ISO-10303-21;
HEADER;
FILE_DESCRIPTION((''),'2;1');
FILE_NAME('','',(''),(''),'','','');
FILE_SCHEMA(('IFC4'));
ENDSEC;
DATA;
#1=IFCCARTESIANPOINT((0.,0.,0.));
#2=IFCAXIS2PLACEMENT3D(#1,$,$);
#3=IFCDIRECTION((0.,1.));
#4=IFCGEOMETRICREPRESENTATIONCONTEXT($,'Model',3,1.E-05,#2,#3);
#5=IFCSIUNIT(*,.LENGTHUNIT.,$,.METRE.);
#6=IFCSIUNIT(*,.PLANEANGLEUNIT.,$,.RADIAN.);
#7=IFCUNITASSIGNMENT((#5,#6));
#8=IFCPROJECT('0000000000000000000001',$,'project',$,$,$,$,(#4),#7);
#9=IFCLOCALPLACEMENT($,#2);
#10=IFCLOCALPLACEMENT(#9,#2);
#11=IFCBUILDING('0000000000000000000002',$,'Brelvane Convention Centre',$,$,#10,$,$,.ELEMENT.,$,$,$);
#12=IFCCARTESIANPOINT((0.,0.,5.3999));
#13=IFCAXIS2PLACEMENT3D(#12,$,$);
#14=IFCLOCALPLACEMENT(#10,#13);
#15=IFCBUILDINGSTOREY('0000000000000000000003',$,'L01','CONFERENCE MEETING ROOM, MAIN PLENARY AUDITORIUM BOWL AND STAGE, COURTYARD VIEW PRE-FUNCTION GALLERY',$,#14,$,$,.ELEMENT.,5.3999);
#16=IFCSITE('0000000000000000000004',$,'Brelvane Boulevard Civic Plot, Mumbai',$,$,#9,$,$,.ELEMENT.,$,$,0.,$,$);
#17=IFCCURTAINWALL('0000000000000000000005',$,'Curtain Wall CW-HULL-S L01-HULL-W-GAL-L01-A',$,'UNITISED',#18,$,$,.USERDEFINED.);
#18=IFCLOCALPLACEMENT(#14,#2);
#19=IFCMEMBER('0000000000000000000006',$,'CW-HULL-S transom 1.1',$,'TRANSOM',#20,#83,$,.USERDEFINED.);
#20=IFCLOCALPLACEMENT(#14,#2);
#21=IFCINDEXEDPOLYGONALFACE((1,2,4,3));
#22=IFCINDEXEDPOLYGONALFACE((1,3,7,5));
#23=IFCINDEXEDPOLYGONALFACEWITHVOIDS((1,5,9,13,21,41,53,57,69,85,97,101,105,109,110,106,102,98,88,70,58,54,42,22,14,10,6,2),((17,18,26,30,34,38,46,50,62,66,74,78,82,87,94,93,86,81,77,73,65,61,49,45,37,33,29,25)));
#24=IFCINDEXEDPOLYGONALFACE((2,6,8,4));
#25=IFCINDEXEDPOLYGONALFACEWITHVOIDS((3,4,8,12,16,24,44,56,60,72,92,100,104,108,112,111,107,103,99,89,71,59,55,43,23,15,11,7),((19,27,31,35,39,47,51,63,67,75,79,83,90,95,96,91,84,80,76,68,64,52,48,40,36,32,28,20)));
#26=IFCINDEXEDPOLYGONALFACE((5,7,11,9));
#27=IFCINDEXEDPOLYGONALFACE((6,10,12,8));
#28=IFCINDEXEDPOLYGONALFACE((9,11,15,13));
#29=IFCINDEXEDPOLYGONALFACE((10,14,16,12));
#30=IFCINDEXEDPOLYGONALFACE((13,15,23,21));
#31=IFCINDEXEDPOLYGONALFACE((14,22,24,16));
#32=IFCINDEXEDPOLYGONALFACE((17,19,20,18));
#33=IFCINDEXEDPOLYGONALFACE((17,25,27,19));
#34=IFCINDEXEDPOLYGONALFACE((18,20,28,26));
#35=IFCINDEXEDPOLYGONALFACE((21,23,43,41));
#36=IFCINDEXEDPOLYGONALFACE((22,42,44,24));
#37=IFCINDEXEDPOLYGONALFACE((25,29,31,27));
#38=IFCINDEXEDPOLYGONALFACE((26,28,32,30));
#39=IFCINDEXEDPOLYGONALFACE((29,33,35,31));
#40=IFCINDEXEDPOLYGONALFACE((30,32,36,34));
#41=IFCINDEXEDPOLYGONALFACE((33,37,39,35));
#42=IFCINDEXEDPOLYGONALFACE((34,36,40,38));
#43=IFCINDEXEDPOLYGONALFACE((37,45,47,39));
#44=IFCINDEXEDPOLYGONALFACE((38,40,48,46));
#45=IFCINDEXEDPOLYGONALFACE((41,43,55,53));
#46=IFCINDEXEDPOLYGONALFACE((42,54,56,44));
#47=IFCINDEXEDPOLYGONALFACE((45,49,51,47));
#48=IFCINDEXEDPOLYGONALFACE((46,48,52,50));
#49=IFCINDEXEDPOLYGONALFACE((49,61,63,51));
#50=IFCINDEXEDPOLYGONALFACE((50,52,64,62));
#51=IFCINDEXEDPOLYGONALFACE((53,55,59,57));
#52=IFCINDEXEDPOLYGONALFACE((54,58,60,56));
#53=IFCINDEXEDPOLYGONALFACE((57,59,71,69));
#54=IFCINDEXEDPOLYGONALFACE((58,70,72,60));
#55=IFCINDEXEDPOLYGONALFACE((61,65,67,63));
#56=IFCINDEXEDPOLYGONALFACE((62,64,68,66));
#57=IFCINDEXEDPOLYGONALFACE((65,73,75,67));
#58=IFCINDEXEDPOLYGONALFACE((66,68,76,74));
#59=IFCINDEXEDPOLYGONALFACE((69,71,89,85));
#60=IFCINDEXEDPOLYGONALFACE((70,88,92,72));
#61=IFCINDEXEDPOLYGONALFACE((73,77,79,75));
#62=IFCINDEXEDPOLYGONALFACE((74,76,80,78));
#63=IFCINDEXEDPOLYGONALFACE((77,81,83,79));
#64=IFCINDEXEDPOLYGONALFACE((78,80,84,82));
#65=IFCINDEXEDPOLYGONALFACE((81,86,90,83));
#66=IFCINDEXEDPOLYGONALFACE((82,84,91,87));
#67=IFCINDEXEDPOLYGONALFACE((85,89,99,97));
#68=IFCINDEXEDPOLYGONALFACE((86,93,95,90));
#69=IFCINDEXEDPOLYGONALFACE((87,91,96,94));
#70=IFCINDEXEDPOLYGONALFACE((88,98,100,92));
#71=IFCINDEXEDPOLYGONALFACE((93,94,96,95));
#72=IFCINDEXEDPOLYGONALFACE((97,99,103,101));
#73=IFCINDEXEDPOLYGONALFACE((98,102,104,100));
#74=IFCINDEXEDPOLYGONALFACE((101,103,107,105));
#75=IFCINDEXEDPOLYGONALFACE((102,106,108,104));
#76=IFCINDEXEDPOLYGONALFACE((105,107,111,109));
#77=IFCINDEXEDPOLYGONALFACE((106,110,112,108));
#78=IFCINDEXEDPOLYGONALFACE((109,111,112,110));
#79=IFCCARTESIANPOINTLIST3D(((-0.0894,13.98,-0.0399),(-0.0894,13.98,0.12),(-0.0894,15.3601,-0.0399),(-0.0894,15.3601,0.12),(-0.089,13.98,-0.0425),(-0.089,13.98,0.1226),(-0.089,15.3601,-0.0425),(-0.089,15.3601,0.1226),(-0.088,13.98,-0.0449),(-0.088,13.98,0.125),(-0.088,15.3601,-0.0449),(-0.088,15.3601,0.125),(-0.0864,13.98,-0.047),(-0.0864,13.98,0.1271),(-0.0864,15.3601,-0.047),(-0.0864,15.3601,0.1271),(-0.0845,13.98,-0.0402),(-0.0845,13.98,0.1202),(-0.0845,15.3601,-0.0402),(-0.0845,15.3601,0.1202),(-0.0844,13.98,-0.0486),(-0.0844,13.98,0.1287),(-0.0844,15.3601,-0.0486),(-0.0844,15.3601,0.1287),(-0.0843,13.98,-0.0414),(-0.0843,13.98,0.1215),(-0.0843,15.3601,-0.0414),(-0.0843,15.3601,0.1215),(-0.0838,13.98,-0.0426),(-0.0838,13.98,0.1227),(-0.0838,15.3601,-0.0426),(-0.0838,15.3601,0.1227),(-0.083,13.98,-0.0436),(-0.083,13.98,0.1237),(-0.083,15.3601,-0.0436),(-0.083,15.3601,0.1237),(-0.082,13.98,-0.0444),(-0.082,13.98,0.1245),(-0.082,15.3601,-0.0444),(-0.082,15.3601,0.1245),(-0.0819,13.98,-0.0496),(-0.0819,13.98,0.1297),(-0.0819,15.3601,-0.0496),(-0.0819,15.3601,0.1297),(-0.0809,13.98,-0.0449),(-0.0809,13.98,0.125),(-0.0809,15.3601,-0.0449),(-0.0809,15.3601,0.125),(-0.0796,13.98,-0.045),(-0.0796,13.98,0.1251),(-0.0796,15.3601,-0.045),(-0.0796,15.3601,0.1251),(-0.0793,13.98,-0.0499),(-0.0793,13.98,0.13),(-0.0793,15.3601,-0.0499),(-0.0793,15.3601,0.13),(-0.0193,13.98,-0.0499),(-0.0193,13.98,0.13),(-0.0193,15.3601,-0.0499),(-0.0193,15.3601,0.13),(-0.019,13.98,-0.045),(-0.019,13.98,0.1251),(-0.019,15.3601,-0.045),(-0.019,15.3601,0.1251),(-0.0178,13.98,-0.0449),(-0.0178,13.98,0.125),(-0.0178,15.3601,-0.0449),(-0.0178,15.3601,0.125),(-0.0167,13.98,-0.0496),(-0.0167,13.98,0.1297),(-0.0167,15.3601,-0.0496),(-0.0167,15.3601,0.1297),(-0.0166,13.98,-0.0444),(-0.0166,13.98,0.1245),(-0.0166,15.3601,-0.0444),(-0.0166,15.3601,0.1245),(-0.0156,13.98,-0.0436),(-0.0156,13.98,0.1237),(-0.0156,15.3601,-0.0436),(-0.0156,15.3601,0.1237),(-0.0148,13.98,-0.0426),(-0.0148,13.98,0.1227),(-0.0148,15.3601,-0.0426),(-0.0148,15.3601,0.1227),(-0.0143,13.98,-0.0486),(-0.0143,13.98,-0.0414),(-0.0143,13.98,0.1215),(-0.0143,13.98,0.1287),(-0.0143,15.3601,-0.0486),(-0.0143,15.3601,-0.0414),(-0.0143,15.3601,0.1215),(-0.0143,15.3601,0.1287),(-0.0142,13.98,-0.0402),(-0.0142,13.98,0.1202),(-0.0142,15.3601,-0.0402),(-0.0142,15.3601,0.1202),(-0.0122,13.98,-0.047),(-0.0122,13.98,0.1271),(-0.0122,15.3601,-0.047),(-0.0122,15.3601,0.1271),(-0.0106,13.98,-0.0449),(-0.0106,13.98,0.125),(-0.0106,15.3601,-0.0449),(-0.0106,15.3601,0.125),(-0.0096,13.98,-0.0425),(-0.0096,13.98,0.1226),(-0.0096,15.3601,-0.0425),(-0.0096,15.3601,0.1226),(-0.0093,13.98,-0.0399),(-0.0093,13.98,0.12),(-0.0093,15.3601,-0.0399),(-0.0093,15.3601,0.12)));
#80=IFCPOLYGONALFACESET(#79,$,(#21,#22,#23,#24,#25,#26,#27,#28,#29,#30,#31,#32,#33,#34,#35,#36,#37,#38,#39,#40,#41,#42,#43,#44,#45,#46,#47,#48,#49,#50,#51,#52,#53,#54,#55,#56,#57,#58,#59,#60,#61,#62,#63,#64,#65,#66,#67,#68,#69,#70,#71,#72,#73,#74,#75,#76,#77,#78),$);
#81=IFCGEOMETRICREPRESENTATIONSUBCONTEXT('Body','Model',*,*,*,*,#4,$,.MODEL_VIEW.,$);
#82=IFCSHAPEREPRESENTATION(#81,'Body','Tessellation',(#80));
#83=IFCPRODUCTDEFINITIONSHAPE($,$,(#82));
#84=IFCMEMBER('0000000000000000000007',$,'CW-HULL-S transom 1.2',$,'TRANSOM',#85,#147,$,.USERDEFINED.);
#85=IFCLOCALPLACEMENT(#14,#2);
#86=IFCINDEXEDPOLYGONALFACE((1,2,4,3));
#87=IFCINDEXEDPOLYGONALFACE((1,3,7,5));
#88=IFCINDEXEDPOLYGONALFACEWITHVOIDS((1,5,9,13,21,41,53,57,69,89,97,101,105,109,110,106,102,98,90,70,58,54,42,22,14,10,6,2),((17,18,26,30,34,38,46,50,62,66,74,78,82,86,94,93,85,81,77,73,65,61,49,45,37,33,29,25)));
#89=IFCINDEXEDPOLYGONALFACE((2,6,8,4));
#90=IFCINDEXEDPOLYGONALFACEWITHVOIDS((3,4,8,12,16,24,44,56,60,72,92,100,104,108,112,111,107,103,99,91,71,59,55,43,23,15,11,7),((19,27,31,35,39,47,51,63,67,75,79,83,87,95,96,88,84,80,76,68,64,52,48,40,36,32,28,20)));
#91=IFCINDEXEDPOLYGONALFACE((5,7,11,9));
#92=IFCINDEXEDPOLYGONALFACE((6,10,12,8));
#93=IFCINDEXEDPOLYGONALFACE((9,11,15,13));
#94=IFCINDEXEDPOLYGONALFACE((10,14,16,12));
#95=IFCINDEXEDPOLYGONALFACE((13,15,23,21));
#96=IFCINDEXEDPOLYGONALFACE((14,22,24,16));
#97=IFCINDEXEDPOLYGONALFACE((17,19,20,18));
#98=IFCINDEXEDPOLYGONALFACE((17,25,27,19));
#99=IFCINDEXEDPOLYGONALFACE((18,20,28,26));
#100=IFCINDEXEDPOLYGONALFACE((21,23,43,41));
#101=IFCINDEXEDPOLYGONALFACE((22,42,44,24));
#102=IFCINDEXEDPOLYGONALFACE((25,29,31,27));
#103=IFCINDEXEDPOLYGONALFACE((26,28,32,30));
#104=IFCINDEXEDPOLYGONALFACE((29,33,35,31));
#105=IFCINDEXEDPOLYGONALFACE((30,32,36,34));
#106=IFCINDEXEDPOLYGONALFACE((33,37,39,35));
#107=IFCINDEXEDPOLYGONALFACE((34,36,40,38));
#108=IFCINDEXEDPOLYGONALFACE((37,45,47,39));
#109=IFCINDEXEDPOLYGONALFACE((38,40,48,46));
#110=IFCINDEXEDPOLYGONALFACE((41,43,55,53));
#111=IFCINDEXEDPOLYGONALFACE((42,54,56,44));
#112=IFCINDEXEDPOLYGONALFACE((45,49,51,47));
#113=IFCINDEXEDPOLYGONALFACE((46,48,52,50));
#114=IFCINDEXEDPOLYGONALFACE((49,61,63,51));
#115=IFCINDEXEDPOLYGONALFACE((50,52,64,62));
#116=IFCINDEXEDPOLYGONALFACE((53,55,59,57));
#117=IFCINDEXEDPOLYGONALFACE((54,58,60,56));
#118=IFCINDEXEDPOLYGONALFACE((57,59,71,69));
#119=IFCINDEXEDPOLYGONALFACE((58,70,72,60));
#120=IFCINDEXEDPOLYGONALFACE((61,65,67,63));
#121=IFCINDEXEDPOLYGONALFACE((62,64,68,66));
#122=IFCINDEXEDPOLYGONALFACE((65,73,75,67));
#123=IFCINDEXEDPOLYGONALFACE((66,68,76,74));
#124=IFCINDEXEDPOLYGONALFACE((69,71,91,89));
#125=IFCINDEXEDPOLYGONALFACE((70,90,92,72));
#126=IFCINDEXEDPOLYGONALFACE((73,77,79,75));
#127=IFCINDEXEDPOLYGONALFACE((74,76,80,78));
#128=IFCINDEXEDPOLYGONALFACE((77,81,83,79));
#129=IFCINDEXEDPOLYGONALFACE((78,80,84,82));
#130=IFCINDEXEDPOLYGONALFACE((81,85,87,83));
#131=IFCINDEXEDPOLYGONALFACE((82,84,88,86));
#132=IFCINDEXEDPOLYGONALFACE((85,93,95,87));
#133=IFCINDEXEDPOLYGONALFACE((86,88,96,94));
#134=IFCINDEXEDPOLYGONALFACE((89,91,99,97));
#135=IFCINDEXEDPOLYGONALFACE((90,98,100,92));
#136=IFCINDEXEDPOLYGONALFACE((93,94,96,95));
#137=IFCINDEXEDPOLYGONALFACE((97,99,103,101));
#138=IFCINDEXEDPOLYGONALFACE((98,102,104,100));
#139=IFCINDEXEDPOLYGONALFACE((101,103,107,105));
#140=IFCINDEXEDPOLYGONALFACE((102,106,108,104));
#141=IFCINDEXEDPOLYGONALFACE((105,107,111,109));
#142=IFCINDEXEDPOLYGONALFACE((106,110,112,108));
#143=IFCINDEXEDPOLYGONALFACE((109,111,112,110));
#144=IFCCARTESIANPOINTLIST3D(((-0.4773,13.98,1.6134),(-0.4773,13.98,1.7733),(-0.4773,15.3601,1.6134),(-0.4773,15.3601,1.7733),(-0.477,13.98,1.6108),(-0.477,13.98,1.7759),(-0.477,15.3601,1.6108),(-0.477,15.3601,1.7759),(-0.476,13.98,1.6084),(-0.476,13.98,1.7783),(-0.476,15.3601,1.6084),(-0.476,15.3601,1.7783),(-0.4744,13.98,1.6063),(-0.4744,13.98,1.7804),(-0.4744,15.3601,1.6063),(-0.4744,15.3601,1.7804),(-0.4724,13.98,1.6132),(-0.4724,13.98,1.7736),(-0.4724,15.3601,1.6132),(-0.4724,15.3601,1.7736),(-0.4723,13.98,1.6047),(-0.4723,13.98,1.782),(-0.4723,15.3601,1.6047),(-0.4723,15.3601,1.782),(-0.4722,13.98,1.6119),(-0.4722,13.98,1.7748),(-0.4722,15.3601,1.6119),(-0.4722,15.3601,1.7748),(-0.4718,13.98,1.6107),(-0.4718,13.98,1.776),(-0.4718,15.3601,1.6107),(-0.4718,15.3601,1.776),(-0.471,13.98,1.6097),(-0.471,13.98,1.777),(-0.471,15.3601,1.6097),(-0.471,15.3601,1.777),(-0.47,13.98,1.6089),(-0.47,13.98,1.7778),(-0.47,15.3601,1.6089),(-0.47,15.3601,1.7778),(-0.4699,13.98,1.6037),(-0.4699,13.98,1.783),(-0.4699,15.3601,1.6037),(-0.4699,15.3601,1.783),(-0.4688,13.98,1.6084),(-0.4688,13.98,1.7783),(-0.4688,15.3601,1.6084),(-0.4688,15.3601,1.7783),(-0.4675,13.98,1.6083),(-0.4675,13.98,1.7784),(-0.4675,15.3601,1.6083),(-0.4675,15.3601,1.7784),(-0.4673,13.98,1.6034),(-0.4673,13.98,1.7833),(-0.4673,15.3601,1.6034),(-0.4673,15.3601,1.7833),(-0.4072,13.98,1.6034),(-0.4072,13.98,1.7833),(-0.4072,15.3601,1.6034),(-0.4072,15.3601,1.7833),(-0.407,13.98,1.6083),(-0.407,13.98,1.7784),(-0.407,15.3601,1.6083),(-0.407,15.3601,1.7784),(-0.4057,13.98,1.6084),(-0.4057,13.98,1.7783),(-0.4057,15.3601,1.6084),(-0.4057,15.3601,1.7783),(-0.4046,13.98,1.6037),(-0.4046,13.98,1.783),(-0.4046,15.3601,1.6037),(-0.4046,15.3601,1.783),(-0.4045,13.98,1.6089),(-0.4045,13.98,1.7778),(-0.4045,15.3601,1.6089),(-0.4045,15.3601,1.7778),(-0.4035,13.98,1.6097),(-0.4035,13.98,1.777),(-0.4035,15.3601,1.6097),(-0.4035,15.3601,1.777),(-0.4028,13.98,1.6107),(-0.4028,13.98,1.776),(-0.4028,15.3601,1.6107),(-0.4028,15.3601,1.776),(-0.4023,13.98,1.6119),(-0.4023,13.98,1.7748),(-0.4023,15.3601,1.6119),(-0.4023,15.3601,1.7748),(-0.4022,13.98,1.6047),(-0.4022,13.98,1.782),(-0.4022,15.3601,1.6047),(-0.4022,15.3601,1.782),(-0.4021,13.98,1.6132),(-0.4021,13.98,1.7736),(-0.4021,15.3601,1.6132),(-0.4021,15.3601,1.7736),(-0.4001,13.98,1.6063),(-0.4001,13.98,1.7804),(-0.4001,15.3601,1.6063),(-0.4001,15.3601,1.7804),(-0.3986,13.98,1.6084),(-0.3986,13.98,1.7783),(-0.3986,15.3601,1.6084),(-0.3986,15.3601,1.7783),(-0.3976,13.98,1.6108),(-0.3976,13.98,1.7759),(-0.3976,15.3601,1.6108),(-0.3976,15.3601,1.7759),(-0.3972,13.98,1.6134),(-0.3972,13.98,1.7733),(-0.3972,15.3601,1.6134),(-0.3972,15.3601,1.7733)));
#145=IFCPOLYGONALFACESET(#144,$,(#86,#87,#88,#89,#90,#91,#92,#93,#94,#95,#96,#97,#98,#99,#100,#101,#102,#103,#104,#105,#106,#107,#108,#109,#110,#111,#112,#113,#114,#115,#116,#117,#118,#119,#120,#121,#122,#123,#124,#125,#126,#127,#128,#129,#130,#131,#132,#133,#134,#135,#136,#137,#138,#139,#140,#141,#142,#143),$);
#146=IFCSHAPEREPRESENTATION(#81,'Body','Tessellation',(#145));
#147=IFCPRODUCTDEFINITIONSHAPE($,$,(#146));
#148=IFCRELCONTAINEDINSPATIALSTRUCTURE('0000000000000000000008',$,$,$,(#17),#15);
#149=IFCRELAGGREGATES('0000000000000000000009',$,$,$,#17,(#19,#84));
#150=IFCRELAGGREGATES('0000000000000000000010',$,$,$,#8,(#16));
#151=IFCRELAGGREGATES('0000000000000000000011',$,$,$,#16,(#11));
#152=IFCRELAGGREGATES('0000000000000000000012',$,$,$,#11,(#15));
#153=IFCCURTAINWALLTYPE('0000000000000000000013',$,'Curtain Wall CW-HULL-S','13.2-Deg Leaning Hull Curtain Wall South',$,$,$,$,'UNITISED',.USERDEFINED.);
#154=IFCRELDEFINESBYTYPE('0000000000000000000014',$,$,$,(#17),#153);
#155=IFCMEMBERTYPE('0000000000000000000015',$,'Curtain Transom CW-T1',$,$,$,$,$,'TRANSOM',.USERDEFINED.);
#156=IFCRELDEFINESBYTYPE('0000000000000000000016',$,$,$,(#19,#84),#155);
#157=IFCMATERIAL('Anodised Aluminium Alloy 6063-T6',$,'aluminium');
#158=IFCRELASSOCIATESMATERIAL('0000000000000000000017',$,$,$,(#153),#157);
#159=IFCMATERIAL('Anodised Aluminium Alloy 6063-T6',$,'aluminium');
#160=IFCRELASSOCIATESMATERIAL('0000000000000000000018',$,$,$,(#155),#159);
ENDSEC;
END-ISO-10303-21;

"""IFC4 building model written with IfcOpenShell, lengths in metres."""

from ifc_helpers import new_model, si_unit, direction, frame, origin, origin_2d, place, context, subcontext, project, spatial, hollow_rectangle, extrude, material, material_profile, profile_set, type_object, element, aggregate, save


model = new_model("IFC4")

# Units and contexts
model_context = context("Model", 3, precision=1e-05, world=origin(), true_north=direction((0.0, 1.0)))
body_context = subcontext(model_context, "Body", "Model", "MODEL_VIEW")
ifc_project = project(units=[si_unit("LENGTHUNIT", "METRE"), si_unit("PLANEANGLEUNIT", "RADIAN")], contexts=[model_context])

# Site, building, storey
site_placement = place(None, origin())
site = spatial("IfcSite", under=ifc_project, at=site_placement, Name="Brelvane Boulevard Civic Plot, Mumbai", CompositionType="ELEMENT", RefElevation=0.0)
building_placement = place(site_placement, origin())
building = spatial("IfcBuilding", under=site, at=building_placement, Name="Brelvane Convention Centre", CompositionType="ELEMENT")
storey_placement = place(building_placement, frame((0.0, 0.0, 5.3999)))
storey = spatial("IfcBuildingStorey", under=building, at=storey_placement, Name="L01", Description="CONFERENCE MEETING ROOM, MAIN PLENARY AUDITORIUM BOWL AND STAGE, COURTYARD VIEW PRE-FUNCTION GALLERY", CompositionType="ELEMENT", Elevation=5.3999)

# Curtain wall
ifc_material_1 = material(Name="Anodised Aluminium Alloy 6063-T6", Category="aluminium")
curtain_wall_type = type_object("IfcCurtainWallType", Name="Curtain Wall CW-HULL-S", Description="13.2-Deg Leaning Hull Curtain Wall South", ElementType="UNITISED", PredefinedType="USERDEFINED", material=ifc_material_1)
curtain_wall_1_placement = place(storey_placement, origin())
curtain_wall_1 = element("IfcCurtainWall", 1, at=curtain_wall_1_placement, inside=storey, type_object=curtain_wall_type, Name="Curtain Wall CW-HULL-S L01-HULL-W-GAL-L01-A", ObjectType="UNITISED", PredefinedType="USERDEFINED")

# Members
ifc_material_2 = material(Name="Anodised Aluminium Alloy 6063-T6", Category="aluminium")
ifc_material_profile_1 = material_profile(ifc_material_2, hollow_rectangle(XDim=0.0801, YDim=0.1799, WallThickness=0.0049, InnerFilletRadius=0.0049, OuterFilletRadius=0.01, at=origin_2d()), Name="ALU-T 180x80x5.0")
ifc_profile_set_1 = profile_set([ifc_material_profile_1], Name="Anodised Aluminium Alloy 6063-T6")
member_type_1 = type_object("IfcMemberType", Name="Curtain Transom CW-T1", ElementType="TRANSOM", PredefinedType="USERDEFINED", material=ifc_profile_set_1)
member_1_placement = place(storey_placement, frame((-0.0493, 13.98, 0.04), z_axis=(0.0, 1.0, 0.0), x_axis=(-1.0, 0.0, 0.0)))
member_1 = element("IfcMember", 2, at=member_1_placement, type_object=member_type_1, Name="CW-HULL-S transom 1.1", ObjectType="TRANSOM", PredefinedType="USERDEFINED", context=body_context, shape_type="SweptSolid", body=[
    extrude(hollow_rectangle(XDim=0.0801, YDim=0.1799, WallThickness=0.0049, InnerFilletRadius=0.0049, OuterFilletRadius=0.01, at=origin_2d()), origin(), (0.0, 0.0, 1.0), 1.3801),
])
member_2_placement = place(storey_placement, frame((-0.4373, 13.98, 1.6934), z_axis=(0.0, 1.0, 0.0), x_axis=(-1.0, 0.0, 0.0)))
member_2 = element("IfcMember", 3, at=member_2_placement, type_object=member_type_1, Name="CW-HULL-S transom 1.2", ObjectType="TRANSOM", PredefinedType="USERDEFINED", context=body_context, shape_type="SweptSolid", body=[
    extrude(hollow_rectangle(XDim=0.0801, YDim=0.1799, WallThickness=0.0049, InnerFilletRadius=0.0049, OuterFilletRadius=0.01, at=origin_2d()), origin(), (0.0, 0.0, 1.0), 1.3801),
])

aggregate(curtain_wall_1, [member_1, member_2])

save(model, "model.ifc")
